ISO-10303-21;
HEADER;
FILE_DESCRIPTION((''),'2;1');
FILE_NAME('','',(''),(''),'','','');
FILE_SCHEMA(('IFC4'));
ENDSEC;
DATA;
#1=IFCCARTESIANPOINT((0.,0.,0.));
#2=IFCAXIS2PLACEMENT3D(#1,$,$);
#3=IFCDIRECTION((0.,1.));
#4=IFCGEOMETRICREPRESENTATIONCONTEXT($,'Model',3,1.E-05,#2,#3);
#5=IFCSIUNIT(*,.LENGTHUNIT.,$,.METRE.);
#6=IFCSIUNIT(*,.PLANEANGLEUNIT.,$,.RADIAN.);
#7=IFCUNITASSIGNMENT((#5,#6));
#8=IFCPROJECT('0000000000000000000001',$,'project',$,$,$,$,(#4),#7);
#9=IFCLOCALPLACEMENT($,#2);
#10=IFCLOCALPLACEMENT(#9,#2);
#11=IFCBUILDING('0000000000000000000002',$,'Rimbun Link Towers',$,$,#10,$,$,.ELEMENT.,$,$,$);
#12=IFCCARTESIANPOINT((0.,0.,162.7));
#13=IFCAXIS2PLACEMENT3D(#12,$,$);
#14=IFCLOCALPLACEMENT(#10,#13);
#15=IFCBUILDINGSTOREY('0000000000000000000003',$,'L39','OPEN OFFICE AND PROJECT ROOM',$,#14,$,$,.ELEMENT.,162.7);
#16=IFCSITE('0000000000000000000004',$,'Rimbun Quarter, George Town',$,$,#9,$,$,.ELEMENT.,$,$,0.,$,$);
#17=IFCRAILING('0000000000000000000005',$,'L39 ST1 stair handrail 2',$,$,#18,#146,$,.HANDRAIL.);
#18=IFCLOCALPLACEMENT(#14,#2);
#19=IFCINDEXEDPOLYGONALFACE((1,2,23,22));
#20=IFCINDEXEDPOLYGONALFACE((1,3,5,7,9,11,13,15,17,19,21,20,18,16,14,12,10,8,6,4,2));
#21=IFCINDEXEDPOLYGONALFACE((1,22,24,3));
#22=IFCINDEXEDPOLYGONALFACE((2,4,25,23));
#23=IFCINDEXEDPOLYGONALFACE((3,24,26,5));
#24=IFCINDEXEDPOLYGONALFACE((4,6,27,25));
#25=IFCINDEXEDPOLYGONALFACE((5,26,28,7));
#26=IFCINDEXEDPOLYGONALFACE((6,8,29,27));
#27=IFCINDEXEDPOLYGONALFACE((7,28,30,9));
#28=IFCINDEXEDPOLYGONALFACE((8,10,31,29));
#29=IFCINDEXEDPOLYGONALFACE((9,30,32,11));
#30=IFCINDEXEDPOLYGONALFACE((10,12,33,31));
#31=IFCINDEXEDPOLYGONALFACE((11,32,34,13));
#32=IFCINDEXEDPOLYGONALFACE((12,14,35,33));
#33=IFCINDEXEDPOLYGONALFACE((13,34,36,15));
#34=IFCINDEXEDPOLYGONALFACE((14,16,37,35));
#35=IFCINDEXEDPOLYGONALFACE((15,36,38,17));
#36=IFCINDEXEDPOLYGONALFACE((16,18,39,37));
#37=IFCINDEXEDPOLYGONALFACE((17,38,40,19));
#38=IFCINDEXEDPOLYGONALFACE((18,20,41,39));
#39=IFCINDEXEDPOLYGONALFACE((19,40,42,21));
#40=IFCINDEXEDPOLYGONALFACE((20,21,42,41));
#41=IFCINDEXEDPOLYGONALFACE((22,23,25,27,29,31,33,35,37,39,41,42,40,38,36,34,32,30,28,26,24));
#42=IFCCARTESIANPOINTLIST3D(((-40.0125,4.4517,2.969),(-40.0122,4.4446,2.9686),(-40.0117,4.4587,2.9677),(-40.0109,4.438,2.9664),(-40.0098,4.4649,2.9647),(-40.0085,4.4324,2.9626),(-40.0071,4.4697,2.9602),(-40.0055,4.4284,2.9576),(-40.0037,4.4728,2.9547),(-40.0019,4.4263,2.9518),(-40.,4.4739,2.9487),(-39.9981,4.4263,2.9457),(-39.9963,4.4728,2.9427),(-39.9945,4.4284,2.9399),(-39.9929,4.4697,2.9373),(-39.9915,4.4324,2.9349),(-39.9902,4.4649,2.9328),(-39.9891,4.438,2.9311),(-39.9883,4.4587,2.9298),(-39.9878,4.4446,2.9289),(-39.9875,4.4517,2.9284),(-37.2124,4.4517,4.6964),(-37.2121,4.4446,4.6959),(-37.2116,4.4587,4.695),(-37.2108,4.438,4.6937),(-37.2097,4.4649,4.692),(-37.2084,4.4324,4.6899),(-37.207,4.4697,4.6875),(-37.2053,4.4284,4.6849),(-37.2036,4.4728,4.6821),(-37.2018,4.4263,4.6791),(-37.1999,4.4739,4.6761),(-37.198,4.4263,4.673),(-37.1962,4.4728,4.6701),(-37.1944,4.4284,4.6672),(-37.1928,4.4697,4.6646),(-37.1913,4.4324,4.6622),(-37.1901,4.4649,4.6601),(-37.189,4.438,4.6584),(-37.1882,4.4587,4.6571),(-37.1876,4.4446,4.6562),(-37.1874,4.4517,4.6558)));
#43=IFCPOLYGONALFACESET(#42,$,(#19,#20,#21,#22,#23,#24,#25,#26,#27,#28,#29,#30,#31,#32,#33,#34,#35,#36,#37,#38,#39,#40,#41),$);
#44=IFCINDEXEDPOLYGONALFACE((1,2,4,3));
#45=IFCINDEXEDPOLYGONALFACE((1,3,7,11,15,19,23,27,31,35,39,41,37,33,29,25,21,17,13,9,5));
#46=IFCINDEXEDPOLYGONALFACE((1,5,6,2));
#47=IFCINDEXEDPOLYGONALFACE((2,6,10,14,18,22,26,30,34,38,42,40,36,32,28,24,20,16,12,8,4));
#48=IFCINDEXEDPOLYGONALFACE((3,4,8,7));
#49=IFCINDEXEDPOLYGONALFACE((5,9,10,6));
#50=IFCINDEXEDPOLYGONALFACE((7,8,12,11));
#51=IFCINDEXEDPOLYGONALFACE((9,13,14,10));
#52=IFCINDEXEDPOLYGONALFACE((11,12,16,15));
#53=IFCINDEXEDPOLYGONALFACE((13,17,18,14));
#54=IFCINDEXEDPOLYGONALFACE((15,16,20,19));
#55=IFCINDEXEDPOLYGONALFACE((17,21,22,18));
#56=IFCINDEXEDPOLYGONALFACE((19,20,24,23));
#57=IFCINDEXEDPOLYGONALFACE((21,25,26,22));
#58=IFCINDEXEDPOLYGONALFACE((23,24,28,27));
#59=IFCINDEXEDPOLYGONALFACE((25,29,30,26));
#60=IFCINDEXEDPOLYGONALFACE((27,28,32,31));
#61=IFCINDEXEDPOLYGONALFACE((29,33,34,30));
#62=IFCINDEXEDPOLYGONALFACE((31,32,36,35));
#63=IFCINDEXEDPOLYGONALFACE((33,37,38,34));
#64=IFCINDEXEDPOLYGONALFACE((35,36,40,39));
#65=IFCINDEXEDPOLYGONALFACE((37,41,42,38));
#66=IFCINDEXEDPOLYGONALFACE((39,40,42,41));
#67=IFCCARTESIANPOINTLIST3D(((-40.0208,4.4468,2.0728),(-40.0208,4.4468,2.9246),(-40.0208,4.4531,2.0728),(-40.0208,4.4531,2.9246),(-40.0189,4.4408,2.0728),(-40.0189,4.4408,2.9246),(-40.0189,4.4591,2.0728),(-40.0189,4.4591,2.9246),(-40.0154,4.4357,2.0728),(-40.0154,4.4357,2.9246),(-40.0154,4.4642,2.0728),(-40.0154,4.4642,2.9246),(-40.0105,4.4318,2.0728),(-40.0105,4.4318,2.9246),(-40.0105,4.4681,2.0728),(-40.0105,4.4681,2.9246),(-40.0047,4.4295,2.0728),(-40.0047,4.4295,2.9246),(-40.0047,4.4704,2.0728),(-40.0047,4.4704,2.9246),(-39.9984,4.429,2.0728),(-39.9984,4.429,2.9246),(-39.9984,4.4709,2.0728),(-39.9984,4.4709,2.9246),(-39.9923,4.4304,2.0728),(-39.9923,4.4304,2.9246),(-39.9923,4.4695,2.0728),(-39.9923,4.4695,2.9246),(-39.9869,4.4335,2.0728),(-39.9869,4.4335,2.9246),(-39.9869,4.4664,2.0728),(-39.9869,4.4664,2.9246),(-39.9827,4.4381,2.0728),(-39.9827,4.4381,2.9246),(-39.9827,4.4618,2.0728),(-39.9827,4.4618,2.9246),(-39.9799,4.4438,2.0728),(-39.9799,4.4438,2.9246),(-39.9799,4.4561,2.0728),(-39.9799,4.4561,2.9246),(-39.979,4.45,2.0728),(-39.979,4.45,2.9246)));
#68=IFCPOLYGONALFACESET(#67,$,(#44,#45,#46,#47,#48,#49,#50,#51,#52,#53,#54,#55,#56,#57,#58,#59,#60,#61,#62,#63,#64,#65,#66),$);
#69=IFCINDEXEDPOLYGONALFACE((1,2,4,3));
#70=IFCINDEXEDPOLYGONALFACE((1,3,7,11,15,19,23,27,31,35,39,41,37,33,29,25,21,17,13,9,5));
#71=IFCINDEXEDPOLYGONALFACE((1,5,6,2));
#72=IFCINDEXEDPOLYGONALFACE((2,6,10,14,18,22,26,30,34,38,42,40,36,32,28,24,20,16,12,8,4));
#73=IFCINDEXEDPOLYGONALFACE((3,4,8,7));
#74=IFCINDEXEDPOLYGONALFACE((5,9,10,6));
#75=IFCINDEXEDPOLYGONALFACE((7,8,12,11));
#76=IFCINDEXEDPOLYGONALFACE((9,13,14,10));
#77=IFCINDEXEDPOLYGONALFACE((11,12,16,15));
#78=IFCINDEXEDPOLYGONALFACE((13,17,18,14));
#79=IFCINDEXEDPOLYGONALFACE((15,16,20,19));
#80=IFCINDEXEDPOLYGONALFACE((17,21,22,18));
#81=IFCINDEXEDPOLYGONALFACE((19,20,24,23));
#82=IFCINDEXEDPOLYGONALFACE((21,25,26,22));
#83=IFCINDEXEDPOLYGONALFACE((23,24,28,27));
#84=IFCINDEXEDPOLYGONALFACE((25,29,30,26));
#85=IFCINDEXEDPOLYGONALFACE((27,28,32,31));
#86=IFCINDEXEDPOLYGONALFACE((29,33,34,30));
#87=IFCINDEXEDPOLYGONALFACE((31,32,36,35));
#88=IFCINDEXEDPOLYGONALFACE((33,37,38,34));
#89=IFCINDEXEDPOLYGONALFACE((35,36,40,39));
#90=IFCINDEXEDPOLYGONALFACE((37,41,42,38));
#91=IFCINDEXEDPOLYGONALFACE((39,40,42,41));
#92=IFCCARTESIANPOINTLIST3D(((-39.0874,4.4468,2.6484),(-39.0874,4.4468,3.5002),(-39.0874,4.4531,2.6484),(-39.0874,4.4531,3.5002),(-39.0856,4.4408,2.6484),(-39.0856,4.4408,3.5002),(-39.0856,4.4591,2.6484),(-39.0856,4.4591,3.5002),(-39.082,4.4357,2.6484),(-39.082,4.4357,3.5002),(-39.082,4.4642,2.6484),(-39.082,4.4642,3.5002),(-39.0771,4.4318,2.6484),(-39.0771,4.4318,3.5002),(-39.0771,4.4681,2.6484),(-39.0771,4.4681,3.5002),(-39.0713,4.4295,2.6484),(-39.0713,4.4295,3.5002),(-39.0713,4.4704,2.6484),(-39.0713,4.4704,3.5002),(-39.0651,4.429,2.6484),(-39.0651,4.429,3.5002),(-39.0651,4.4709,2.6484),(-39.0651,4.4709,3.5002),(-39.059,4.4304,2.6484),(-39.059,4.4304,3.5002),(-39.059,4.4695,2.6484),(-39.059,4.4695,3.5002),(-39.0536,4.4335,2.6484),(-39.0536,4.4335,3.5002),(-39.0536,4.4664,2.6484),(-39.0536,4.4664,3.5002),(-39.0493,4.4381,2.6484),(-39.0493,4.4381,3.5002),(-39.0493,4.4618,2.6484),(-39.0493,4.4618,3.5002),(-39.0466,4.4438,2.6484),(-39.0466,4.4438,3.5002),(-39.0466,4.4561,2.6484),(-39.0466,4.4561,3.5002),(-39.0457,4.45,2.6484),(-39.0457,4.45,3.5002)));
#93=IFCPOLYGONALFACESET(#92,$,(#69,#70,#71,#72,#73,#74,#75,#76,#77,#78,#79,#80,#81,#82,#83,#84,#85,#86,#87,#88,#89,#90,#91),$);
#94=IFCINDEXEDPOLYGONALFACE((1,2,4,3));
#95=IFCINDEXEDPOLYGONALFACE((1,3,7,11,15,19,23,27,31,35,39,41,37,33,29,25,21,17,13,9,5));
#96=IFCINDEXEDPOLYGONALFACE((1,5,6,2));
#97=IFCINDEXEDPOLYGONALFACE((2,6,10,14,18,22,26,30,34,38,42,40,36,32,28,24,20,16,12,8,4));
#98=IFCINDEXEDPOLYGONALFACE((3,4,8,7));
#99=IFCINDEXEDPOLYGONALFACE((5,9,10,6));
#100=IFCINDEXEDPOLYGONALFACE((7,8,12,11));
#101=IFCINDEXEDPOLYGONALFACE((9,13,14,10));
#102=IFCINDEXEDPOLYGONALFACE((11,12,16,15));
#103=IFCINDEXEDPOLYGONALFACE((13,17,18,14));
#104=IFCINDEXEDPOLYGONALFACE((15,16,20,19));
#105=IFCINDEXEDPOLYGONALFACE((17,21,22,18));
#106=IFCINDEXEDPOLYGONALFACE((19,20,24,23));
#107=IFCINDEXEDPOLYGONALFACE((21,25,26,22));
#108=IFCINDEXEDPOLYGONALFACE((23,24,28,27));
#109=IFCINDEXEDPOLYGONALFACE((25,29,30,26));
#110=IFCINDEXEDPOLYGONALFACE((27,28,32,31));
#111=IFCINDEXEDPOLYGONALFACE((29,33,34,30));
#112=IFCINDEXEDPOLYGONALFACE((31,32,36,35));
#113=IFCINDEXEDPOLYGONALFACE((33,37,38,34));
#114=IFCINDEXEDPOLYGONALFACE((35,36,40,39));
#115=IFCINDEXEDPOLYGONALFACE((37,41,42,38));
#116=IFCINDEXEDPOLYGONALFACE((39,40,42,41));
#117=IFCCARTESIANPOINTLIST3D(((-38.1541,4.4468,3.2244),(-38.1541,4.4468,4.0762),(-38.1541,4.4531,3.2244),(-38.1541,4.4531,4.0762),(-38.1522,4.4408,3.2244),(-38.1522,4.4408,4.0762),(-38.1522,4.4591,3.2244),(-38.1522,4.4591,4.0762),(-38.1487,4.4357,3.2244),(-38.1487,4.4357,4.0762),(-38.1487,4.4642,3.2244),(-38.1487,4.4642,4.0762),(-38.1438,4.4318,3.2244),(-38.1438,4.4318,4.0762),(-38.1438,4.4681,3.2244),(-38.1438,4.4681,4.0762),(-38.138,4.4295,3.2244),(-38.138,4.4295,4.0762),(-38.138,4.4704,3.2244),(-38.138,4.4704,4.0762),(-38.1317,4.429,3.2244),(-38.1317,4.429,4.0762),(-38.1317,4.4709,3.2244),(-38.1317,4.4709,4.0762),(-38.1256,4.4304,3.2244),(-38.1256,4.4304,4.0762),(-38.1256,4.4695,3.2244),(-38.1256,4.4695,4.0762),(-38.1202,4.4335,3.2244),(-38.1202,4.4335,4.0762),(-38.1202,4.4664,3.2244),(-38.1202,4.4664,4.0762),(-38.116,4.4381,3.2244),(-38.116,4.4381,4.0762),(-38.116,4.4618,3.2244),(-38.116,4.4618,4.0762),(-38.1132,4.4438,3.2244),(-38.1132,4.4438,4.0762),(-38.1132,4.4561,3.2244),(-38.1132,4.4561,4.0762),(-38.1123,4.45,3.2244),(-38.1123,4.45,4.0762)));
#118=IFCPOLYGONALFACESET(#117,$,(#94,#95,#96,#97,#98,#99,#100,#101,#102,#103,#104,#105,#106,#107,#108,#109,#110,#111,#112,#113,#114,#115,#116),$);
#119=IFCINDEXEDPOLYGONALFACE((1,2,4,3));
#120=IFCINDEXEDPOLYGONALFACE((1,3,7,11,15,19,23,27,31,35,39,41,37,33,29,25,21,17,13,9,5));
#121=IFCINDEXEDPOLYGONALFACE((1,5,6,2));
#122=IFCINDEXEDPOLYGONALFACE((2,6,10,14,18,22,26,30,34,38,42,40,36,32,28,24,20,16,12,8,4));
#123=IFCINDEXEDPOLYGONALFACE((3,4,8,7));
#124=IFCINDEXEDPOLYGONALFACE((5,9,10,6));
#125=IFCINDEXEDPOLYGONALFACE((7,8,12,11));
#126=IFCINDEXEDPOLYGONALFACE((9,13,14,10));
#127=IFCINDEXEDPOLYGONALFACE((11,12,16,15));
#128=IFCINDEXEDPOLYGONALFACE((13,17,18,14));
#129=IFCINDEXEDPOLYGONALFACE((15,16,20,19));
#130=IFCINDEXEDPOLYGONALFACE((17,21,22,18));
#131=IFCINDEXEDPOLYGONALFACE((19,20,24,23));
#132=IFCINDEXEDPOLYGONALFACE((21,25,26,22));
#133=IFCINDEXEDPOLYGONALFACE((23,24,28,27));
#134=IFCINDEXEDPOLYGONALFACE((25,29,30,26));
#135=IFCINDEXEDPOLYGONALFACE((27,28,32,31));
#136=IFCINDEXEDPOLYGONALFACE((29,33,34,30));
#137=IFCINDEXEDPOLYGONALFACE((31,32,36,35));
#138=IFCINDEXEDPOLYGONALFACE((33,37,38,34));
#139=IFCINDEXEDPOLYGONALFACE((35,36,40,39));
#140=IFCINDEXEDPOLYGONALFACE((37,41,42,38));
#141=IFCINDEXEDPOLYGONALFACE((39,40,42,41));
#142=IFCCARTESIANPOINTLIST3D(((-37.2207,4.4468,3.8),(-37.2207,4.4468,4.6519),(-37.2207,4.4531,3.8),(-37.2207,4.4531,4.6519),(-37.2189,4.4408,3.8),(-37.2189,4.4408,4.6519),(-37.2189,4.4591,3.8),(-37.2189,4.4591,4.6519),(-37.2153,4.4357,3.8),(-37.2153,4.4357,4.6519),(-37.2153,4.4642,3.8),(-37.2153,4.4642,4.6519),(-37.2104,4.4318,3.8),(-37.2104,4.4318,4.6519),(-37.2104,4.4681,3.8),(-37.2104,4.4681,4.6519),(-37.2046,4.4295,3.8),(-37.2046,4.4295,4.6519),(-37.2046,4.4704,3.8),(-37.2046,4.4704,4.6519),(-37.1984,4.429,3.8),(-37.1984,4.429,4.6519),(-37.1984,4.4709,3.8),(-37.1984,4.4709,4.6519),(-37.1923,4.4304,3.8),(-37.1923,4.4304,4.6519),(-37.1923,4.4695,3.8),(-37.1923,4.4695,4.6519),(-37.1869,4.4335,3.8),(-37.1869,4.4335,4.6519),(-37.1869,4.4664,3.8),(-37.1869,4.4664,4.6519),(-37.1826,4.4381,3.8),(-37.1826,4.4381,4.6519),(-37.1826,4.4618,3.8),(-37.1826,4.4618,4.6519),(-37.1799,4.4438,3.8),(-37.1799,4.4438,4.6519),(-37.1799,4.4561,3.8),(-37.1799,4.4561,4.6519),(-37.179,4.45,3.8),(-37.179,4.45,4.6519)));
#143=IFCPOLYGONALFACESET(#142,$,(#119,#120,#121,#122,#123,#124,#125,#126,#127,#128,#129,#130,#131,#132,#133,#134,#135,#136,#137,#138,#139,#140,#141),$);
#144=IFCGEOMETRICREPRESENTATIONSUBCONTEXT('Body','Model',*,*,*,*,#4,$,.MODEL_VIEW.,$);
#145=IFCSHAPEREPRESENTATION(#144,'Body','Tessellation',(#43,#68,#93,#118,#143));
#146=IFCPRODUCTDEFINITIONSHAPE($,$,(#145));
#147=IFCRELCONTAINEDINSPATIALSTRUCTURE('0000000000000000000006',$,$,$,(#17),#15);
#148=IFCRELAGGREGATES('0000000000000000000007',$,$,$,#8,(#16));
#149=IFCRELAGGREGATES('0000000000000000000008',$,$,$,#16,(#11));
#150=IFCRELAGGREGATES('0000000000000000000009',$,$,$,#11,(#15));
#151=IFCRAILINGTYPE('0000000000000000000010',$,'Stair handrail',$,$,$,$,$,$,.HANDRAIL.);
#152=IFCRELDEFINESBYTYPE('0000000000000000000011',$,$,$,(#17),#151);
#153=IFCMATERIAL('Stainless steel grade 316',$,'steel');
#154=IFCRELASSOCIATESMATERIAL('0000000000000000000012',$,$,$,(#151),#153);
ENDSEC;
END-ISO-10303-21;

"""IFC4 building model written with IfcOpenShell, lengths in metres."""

from ifc_helpers import new_model, si_unit, direction, frame, origin, origin_2d, place, context, subcontext, project, spatial, circle, extrude, material, type_object, element, save


model = new_model("IFC4")

# Units and contexts
model_context = context("Model", 3, precision=1e-05, world=origin(), true_north=direction((0.0, 1.0)))
body_context = subcontext(model_context, "Body", "Model", "MODEL_VIEW")
ifc_project = project(units=[si_unit("LENGTHUNIT", "METRE"), si_unit("PLANEANGLEUNIT", "RADIAN")], contexts=[model_context])

# Site, building, storey
site_placement = place(None, origin())
site = spatial("IfcSite", under=ifc_project, at=site_placement, Name="Rimbun Quarter, George Town", CompositionType="ELEMENT", RefElevation=0.0)
building_placement = place(site_placement, origin())
building = spatial("IfcBuilding", under=site, at=building_placement, Name="Rimbun Link Towers", CompositionType="ELEMENT")
storey_placement = place(building_placement, frame((0.0, 0.0, 162.7)))
storey = spatial("IfcBuildingStorey", under=building, at=storey_placement, Name="L39", Description="OPEN OFFICE AND PROJECT ROOM", CompositionType="ELEMENT", Elevation=162.7)

# Railing
ifc_material_1 = material(Name="Stainless steel grade 316", Category="steel")
railing_type_1 = type_object("IfcRailingType", Name="Stair handrail", PredefinedType="HANDRAIL", material=ifc_material_1)
railing_1_placement = place(storey_placement, frame((-40.0, 4.45, 2.0728)))
element("IfcRailing", 1, at=railing_1_placement, inside=storey, type_object=railing_type_1, Name="L39 ST1 stair handrail 2", PredefinedType="HANDRAIL", context=body_context, shape_type="SweptSolid", body=[
    extrude(circle(Radius=0.0239, at=origin_2d()), frame((0.0, 0.0, 0.876), z_axis=(0.85109, 0.0, 0.52502), x_axis=(0.0, 1.0, 0.0)), (0.0, 0.0, 1.0), 3.29),
    extrude(circle(Radius=0.021, at=origin_2d()), origin(), (0.0, 0.0, 1.0), 0.8518),
    extrude(circle(Radius=0.021, at=origin_2d()), frame((0.9333, 0.0, 0.5757)), (0.0, 0.0, 1.0), 0.8518),
    extrude(circle(Radius=0.021, at=origin_2d()), frame((1.8667, 0.0, 1.1516)), (0.0, 0.0, 1.0), 0.8518),
    extrude(circle(Radius=0.021, at=origin_2d()), frame((2.8, 0.0, 1.7273)), (0.0, 0.0, 1.0), 0.8518),
])

save(model, "model.ifc")
